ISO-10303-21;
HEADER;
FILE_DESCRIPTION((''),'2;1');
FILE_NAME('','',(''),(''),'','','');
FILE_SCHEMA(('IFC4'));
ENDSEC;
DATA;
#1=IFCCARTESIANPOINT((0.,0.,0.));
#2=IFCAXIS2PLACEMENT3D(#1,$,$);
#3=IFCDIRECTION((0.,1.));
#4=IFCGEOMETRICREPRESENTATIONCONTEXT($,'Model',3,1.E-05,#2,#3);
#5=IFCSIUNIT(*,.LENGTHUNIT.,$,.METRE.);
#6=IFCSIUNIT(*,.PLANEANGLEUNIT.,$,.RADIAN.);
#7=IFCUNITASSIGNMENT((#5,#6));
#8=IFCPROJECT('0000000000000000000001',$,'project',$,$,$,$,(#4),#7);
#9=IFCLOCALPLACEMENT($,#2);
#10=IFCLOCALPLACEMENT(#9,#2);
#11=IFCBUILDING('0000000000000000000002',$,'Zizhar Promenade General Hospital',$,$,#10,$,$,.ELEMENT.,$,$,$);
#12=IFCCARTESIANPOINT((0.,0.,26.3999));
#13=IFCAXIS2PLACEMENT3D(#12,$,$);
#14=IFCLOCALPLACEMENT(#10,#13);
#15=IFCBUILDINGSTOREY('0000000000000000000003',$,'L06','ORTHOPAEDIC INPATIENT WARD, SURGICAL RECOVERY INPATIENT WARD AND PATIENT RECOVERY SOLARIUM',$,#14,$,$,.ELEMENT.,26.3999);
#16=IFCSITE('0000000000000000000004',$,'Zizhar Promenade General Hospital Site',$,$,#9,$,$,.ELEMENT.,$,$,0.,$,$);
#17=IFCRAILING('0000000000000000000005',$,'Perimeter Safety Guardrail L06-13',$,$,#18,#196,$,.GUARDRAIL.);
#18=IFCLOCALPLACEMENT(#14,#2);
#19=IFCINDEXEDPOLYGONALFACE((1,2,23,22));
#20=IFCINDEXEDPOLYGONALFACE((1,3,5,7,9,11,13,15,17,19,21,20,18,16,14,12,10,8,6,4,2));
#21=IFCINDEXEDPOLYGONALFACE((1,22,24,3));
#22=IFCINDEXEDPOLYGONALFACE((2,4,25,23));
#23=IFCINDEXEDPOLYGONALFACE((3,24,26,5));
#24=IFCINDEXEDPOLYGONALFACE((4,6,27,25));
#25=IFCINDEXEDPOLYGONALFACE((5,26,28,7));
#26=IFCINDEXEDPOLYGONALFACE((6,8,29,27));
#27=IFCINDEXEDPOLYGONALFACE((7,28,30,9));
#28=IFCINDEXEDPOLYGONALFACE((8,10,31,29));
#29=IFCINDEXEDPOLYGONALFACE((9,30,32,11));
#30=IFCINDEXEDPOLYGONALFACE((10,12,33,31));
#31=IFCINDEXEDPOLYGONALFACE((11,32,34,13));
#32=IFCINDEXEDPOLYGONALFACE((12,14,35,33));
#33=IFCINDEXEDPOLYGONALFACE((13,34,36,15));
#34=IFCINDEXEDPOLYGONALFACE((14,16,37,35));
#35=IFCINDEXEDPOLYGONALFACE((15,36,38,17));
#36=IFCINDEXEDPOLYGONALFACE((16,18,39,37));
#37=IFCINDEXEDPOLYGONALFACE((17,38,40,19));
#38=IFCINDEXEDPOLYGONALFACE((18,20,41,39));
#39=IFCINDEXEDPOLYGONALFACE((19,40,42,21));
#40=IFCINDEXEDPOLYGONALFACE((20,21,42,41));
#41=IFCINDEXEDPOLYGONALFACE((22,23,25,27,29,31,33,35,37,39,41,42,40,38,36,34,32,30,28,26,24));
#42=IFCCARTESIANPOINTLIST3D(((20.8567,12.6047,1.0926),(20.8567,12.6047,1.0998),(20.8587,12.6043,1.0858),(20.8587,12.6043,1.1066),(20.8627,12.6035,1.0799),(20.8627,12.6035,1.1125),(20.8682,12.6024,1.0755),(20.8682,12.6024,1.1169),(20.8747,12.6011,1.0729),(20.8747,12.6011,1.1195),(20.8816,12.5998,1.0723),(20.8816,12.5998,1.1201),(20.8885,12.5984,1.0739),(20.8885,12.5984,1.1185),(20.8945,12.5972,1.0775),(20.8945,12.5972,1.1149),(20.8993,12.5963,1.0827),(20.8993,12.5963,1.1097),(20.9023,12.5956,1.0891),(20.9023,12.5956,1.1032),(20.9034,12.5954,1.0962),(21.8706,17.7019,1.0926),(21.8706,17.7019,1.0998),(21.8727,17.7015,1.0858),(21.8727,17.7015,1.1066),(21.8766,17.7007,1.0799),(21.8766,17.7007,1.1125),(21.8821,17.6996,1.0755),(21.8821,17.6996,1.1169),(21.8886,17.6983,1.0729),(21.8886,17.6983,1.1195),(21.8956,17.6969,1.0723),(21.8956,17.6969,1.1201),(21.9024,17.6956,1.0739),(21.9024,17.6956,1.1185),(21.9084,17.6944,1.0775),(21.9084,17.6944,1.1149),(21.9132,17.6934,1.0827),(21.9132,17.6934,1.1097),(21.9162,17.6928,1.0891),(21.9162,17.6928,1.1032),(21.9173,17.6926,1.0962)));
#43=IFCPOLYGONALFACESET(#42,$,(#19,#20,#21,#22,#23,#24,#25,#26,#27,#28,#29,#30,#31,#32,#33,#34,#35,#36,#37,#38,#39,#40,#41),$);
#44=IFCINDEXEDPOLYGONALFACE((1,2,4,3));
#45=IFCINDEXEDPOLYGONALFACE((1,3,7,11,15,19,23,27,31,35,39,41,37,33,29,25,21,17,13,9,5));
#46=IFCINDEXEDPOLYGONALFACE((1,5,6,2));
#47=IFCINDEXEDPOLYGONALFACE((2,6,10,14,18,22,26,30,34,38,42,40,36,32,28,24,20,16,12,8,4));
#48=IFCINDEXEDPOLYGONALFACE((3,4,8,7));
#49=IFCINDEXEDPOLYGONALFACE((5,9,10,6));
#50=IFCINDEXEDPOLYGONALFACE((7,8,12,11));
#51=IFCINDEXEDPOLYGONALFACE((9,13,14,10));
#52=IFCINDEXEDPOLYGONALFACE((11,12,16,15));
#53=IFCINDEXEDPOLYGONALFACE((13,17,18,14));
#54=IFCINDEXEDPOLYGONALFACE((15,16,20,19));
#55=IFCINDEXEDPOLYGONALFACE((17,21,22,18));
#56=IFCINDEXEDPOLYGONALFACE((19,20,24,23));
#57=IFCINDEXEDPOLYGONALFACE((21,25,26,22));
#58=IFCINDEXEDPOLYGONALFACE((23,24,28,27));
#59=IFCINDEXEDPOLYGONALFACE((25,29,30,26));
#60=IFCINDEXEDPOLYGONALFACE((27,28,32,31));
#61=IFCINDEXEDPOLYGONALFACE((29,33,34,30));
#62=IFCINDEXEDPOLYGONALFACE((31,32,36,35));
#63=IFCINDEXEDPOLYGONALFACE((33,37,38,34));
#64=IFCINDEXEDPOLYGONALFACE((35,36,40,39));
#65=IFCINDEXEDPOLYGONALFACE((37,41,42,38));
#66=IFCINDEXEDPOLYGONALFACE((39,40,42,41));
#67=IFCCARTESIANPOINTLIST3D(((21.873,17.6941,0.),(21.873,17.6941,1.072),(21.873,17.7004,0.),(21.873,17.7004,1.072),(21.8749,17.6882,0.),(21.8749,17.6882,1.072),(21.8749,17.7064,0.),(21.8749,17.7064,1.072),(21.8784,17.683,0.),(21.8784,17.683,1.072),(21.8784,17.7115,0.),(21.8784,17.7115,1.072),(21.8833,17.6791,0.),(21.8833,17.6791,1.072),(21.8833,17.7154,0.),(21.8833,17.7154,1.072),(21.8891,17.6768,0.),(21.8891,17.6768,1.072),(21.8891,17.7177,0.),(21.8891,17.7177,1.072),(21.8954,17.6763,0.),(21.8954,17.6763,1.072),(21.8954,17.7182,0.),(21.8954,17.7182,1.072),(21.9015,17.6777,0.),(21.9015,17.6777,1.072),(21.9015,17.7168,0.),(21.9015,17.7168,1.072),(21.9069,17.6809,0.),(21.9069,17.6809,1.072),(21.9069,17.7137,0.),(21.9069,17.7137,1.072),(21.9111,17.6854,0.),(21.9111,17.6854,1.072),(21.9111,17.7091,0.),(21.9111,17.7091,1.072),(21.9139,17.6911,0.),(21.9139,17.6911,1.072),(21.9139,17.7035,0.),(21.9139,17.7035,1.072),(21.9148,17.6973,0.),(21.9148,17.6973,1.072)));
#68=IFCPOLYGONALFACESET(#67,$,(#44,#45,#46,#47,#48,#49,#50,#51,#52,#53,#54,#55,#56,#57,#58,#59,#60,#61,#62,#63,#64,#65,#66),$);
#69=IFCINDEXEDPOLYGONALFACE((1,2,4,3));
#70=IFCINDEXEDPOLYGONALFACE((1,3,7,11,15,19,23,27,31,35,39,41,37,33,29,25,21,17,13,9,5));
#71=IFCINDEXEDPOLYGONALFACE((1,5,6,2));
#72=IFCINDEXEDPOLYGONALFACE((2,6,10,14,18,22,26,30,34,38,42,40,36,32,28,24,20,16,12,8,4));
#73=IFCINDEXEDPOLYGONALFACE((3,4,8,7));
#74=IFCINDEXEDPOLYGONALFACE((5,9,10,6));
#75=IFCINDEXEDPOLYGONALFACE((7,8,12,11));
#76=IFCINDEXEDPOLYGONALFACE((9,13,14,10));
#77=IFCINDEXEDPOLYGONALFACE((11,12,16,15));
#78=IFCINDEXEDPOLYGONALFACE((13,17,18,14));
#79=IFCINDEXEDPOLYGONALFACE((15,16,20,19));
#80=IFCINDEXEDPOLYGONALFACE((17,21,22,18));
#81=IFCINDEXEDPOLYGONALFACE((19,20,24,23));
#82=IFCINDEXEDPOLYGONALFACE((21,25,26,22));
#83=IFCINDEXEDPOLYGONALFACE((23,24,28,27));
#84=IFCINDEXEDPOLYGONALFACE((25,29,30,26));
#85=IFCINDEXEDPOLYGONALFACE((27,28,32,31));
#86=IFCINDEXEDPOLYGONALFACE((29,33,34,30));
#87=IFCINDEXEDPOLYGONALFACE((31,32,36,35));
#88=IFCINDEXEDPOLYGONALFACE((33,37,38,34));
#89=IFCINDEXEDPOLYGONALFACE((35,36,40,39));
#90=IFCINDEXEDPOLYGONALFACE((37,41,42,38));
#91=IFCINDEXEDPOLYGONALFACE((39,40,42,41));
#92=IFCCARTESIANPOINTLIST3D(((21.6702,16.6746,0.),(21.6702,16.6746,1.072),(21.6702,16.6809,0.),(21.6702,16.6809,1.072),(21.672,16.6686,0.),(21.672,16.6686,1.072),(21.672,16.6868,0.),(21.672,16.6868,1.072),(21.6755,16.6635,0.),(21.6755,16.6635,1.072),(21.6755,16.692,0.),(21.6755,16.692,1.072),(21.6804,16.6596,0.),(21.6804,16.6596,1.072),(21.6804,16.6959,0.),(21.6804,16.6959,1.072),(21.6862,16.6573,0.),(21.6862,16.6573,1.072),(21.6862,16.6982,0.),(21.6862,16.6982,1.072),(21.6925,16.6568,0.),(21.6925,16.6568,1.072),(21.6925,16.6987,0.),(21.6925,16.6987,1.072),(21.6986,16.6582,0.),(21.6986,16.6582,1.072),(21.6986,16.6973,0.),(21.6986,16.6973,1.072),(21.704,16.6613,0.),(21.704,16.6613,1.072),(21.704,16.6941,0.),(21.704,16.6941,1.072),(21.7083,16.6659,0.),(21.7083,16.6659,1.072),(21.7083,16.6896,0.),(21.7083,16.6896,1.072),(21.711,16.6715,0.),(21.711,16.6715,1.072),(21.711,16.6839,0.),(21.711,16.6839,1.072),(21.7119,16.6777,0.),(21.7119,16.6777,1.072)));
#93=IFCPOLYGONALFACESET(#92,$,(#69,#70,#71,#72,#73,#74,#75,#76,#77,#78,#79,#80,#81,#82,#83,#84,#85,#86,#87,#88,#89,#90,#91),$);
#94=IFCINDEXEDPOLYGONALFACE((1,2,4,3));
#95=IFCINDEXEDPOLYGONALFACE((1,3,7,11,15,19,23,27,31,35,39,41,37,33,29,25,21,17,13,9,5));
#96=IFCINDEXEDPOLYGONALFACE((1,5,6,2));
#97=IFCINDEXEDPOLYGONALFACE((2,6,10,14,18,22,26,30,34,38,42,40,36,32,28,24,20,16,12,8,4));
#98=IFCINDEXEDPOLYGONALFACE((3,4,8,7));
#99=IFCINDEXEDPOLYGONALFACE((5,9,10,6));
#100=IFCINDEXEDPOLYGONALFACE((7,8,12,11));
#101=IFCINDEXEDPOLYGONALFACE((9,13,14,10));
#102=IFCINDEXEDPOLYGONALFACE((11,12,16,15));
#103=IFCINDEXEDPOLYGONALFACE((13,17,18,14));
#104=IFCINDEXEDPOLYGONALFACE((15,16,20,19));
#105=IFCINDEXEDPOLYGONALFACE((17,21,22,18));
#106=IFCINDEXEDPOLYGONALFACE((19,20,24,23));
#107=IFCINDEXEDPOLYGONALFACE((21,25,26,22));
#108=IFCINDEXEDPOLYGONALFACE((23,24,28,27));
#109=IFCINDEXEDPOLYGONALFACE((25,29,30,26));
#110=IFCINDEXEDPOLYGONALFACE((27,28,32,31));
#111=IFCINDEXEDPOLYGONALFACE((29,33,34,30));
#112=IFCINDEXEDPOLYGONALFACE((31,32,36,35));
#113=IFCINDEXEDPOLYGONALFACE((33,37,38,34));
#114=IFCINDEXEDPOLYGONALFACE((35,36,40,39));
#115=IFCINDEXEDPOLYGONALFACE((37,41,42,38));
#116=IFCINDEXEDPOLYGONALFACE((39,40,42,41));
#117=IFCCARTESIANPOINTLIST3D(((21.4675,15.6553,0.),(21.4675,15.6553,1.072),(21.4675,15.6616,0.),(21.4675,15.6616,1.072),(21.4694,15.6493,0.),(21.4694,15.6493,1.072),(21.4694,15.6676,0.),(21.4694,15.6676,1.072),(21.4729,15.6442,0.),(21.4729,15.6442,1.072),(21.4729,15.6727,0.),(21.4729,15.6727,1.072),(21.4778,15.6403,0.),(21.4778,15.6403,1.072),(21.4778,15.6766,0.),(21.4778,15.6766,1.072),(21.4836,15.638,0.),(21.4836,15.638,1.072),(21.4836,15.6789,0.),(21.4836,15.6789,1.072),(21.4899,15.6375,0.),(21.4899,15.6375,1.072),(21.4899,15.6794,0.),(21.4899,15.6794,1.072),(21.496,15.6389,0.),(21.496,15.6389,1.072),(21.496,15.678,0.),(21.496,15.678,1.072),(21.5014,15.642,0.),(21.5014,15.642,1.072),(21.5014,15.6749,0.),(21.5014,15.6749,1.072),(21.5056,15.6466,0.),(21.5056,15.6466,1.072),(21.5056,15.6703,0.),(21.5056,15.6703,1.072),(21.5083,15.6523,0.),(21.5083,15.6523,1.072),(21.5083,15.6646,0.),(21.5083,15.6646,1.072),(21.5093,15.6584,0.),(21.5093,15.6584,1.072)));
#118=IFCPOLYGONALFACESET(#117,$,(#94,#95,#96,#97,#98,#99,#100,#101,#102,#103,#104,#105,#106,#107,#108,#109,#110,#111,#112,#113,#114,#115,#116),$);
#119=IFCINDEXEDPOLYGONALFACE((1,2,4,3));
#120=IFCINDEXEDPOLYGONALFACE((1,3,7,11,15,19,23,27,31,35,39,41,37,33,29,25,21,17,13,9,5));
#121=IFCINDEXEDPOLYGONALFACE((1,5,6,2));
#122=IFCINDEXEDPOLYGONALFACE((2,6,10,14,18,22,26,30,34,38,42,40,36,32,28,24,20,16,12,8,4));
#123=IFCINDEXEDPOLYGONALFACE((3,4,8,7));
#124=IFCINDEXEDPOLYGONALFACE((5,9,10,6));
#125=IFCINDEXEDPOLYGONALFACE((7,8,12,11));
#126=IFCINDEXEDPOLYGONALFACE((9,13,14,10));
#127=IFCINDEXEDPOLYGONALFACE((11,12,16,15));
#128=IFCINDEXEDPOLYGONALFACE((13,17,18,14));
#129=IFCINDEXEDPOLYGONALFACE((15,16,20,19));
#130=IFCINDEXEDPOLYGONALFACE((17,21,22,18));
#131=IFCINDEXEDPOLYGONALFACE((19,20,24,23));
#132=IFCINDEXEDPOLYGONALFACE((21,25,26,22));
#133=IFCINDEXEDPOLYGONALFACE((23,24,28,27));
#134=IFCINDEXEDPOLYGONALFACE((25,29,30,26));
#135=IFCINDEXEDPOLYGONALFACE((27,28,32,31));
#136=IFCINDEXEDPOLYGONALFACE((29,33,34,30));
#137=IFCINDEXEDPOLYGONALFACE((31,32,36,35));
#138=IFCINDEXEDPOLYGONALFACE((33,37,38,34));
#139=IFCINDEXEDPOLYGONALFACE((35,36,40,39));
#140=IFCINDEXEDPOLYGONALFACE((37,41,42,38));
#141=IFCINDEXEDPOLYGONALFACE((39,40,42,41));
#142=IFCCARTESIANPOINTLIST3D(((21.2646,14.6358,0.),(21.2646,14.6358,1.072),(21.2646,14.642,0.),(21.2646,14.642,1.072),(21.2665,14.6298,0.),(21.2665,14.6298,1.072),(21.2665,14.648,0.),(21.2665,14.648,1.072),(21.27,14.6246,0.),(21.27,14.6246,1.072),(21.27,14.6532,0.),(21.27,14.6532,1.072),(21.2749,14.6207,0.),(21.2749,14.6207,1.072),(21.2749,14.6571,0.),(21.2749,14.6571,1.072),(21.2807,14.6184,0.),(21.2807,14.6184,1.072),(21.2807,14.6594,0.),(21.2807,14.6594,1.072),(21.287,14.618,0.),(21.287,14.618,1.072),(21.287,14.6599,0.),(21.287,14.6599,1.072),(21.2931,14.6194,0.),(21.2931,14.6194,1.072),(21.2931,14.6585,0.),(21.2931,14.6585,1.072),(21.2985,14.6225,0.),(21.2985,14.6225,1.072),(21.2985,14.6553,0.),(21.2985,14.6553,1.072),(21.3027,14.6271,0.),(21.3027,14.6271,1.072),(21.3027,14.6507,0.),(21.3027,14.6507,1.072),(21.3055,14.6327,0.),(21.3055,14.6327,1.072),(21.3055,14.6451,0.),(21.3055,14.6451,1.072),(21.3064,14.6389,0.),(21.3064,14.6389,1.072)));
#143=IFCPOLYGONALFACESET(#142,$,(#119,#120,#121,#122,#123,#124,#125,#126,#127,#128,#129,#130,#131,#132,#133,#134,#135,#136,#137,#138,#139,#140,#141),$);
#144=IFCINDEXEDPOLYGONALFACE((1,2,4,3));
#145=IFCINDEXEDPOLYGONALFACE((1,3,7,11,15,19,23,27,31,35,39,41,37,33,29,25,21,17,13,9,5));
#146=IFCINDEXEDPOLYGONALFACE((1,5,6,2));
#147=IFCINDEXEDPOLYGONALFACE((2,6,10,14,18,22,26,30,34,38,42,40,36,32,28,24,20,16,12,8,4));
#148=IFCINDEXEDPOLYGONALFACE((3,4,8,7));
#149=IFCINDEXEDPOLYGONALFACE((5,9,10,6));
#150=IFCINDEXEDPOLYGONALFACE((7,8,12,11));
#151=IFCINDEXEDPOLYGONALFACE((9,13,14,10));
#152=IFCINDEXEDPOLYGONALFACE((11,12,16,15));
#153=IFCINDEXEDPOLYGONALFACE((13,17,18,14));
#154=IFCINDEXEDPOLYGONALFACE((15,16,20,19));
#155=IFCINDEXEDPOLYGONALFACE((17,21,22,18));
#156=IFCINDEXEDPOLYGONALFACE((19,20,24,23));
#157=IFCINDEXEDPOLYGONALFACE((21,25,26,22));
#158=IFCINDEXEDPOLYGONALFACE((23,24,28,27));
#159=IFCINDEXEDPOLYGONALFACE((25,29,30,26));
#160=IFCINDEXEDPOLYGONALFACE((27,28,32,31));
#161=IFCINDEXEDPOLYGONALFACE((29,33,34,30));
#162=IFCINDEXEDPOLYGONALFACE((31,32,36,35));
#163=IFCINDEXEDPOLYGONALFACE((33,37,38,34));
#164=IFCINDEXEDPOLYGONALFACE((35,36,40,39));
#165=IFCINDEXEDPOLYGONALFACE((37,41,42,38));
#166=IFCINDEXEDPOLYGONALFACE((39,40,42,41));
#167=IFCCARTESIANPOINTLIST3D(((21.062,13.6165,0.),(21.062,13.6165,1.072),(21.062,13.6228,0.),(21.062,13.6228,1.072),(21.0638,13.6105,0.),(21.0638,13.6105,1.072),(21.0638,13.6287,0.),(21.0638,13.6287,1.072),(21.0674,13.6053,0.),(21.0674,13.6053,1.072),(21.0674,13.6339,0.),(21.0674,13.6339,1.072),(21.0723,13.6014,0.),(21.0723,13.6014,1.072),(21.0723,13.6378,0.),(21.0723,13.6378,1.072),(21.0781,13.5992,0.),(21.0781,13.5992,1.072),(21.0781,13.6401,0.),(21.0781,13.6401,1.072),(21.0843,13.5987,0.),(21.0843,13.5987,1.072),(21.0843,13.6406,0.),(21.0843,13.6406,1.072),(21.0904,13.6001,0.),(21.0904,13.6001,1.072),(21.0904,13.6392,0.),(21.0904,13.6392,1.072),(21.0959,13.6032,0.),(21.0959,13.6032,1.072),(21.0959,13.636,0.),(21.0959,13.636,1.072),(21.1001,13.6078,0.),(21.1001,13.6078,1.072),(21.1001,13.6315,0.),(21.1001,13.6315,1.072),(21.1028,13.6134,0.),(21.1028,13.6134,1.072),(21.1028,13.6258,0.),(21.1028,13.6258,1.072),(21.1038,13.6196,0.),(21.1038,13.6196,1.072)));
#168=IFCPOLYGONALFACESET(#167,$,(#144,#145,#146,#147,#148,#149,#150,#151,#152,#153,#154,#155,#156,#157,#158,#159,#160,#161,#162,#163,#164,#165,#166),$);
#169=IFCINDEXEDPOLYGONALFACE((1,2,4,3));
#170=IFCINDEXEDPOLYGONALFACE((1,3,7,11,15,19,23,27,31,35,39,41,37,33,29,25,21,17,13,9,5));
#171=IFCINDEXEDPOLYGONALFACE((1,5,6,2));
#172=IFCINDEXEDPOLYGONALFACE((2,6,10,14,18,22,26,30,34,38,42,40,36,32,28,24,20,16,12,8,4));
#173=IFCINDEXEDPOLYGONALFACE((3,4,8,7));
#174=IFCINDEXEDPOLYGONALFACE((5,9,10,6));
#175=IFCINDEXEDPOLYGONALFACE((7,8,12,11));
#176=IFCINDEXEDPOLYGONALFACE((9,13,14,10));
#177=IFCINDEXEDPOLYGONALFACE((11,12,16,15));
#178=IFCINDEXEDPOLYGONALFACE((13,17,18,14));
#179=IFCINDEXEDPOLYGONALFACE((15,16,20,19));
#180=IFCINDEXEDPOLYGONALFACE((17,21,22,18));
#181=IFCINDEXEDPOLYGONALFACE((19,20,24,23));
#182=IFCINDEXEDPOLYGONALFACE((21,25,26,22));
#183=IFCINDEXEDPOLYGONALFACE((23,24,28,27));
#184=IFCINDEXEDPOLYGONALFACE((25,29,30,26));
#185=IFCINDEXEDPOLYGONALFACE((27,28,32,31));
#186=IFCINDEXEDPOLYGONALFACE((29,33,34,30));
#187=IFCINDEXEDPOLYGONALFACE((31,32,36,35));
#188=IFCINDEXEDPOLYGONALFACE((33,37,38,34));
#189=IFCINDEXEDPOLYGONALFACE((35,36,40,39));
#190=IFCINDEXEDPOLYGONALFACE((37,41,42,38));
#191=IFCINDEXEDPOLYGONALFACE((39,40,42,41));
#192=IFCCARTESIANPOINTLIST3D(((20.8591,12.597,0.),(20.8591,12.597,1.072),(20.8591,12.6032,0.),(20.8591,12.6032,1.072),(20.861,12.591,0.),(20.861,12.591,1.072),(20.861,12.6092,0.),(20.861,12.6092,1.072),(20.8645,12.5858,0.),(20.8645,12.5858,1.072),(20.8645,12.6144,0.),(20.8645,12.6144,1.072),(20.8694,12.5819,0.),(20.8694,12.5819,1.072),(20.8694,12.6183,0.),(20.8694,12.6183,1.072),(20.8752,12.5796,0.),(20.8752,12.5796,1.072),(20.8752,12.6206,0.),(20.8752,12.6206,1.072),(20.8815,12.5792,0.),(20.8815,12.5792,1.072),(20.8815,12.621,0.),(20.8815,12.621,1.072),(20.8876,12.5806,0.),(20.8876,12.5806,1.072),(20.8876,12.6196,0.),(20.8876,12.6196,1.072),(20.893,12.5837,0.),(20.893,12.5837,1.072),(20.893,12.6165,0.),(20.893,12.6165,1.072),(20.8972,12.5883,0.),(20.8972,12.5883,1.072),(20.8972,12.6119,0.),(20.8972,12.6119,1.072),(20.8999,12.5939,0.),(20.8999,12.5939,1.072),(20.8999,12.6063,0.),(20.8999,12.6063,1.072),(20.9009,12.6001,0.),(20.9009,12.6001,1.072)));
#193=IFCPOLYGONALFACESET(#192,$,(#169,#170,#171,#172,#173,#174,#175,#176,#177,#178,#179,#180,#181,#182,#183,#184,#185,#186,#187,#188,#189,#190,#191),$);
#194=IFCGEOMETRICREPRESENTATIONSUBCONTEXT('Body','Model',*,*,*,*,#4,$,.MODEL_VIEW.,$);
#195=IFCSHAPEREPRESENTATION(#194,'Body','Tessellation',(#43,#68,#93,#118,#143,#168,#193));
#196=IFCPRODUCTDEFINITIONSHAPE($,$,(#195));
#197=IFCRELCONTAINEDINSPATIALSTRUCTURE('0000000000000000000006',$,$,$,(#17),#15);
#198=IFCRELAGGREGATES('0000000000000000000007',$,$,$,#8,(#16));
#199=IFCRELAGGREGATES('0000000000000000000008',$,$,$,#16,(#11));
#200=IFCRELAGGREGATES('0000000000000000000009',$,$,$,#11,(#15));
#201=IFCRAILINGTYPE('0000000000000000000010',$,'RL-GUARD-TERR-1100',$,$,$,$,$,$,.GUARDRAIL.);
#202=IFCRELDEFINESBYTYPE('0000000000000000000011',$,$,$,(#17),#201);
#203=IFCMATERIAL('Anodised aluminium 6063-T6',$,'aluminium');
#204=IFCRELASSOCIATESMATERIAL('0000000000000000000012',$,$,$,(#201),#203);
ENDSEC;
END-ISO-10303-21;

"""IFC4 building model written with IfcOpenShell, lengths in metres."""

from ifc_helpers import new_model, si_unit, direction, frame, origin, origin_2d, place, context, subcontext, project, spatial, circle, hollow_circle, extrude, material, material_profile, profile_set, type_object, element, save


model = new_model("IFC4")

# Units and contexts
model_context = context("Model", 3, precision=1e-05, world=origin(), true_north=direction((0.0, 1.0)))
body_context = subcontext(model_context, "Body", "Model", "MODEL_VIEW")
ifc_project = project(units=[si_unit("LENGTHUNIT", "METRE"), si_unit("PLANEANGLEUNIT", "RADIAN")], contexts=[model_context])

# Site, building, storey
site_placement = place(None, origin())
site = spatial("IfcSite", under=ifc_project, at=site_placement, Name="Zizhar Promenade General Hospital Site", CompositionType="ELEMENT", RefElevation=0.0)
building_placement = place(site_placement, origin())
building = spatial("IfcBuilding", under=site, at=building_placement, Name="Zizhar Promenade General Hospital", CompositionType="ELEMENT")
storey_placement = place(building_placement, frame((0.0, 0.0, 26.3999)))
storey = spatial("IfcBuildingStorey", under=building, at=storey_placement, Name="L06", Description="ORTHOPAEDIC INPATIENT WARD, SURGICAL RECOVERY INPATIENT WARD AND PATIENT RECOVERY SOLARIUM", CompositionType="ELEMENT", Elevation=26.3999)

# Railing
ifc_material_1 = material(Name="Anodised aluminium 6063-T6", Category="aluminium")
ifc_material_profile_1 = material_profile(ifc_material_1, hollow_circle(Radius=0.0698, WallThickness=0.0063, at=origin_2d()))
ifc_profile_set_1 = profile_set([ifc_material_profile_1], Name="Anodised aluminium 6063-T6")
railing_type = type_object("IfcRailingType", Name="RL-GUARD-TERR-1100", PredefinedType="GUARDRAIL", material=ifc_profile_set_1)
railing_1_placement = place(storey_placement, frame((21.8938, 17.6973, 0.0)))
element("IfcRailing", 1, at=railing_1_placement, inside=storey, type_object=railing_type, Name="Perimeter Safety Guardrail L06-13", PredefinedType="GUARDRAIL", context=body_context, shape_type="SweptSolid", body=[
    extrude(circle(Radius=0.0239, at=origin_2d()), frame((0.0, 0.0, 1.0962), z_axis=(-0.195095, -0.980784, 0.0), x_axis=(0.980784, -0.195095, 0.0)), (0.0, 0.0, 1.0), 5.197),
    extrude(circle(Radius=0.021, at=origin_2d()), origin(), (0.0, 0.0, 1.0), 1.072),
    extrude(circle(Radius=0.021, at=origin_2d()), frame((-0.2029, -1.0195, 0.0)), (0.0, 0.0, 1.0), 1.072),
    extrude(circle(Radius=0.021, at=origin_2d()), frame((-0.4055, -2.0388, 0.0)), (0.0, 0.0, 1.0), 1.072),
    extrude(circle(Radius=0.021, at=origin_2d()), frame((-0.6084, -3.0583, 0.0)), (0.0, 0.0, 1.0), 1.072),
    extrude(circle(Radius=0.021, at=origin_2d()), frame((-0.811, -4.0776, 0.0)), (0.0, 0.0, 1.0), 1.072),
    extrude(circle(Radius=0.021, at=origin_2d()), frame((-1.0139, -5.0972, 0.0)), (0.0, 0.0, 1.0), 1.072),
])

save(model, "model.ifc")
